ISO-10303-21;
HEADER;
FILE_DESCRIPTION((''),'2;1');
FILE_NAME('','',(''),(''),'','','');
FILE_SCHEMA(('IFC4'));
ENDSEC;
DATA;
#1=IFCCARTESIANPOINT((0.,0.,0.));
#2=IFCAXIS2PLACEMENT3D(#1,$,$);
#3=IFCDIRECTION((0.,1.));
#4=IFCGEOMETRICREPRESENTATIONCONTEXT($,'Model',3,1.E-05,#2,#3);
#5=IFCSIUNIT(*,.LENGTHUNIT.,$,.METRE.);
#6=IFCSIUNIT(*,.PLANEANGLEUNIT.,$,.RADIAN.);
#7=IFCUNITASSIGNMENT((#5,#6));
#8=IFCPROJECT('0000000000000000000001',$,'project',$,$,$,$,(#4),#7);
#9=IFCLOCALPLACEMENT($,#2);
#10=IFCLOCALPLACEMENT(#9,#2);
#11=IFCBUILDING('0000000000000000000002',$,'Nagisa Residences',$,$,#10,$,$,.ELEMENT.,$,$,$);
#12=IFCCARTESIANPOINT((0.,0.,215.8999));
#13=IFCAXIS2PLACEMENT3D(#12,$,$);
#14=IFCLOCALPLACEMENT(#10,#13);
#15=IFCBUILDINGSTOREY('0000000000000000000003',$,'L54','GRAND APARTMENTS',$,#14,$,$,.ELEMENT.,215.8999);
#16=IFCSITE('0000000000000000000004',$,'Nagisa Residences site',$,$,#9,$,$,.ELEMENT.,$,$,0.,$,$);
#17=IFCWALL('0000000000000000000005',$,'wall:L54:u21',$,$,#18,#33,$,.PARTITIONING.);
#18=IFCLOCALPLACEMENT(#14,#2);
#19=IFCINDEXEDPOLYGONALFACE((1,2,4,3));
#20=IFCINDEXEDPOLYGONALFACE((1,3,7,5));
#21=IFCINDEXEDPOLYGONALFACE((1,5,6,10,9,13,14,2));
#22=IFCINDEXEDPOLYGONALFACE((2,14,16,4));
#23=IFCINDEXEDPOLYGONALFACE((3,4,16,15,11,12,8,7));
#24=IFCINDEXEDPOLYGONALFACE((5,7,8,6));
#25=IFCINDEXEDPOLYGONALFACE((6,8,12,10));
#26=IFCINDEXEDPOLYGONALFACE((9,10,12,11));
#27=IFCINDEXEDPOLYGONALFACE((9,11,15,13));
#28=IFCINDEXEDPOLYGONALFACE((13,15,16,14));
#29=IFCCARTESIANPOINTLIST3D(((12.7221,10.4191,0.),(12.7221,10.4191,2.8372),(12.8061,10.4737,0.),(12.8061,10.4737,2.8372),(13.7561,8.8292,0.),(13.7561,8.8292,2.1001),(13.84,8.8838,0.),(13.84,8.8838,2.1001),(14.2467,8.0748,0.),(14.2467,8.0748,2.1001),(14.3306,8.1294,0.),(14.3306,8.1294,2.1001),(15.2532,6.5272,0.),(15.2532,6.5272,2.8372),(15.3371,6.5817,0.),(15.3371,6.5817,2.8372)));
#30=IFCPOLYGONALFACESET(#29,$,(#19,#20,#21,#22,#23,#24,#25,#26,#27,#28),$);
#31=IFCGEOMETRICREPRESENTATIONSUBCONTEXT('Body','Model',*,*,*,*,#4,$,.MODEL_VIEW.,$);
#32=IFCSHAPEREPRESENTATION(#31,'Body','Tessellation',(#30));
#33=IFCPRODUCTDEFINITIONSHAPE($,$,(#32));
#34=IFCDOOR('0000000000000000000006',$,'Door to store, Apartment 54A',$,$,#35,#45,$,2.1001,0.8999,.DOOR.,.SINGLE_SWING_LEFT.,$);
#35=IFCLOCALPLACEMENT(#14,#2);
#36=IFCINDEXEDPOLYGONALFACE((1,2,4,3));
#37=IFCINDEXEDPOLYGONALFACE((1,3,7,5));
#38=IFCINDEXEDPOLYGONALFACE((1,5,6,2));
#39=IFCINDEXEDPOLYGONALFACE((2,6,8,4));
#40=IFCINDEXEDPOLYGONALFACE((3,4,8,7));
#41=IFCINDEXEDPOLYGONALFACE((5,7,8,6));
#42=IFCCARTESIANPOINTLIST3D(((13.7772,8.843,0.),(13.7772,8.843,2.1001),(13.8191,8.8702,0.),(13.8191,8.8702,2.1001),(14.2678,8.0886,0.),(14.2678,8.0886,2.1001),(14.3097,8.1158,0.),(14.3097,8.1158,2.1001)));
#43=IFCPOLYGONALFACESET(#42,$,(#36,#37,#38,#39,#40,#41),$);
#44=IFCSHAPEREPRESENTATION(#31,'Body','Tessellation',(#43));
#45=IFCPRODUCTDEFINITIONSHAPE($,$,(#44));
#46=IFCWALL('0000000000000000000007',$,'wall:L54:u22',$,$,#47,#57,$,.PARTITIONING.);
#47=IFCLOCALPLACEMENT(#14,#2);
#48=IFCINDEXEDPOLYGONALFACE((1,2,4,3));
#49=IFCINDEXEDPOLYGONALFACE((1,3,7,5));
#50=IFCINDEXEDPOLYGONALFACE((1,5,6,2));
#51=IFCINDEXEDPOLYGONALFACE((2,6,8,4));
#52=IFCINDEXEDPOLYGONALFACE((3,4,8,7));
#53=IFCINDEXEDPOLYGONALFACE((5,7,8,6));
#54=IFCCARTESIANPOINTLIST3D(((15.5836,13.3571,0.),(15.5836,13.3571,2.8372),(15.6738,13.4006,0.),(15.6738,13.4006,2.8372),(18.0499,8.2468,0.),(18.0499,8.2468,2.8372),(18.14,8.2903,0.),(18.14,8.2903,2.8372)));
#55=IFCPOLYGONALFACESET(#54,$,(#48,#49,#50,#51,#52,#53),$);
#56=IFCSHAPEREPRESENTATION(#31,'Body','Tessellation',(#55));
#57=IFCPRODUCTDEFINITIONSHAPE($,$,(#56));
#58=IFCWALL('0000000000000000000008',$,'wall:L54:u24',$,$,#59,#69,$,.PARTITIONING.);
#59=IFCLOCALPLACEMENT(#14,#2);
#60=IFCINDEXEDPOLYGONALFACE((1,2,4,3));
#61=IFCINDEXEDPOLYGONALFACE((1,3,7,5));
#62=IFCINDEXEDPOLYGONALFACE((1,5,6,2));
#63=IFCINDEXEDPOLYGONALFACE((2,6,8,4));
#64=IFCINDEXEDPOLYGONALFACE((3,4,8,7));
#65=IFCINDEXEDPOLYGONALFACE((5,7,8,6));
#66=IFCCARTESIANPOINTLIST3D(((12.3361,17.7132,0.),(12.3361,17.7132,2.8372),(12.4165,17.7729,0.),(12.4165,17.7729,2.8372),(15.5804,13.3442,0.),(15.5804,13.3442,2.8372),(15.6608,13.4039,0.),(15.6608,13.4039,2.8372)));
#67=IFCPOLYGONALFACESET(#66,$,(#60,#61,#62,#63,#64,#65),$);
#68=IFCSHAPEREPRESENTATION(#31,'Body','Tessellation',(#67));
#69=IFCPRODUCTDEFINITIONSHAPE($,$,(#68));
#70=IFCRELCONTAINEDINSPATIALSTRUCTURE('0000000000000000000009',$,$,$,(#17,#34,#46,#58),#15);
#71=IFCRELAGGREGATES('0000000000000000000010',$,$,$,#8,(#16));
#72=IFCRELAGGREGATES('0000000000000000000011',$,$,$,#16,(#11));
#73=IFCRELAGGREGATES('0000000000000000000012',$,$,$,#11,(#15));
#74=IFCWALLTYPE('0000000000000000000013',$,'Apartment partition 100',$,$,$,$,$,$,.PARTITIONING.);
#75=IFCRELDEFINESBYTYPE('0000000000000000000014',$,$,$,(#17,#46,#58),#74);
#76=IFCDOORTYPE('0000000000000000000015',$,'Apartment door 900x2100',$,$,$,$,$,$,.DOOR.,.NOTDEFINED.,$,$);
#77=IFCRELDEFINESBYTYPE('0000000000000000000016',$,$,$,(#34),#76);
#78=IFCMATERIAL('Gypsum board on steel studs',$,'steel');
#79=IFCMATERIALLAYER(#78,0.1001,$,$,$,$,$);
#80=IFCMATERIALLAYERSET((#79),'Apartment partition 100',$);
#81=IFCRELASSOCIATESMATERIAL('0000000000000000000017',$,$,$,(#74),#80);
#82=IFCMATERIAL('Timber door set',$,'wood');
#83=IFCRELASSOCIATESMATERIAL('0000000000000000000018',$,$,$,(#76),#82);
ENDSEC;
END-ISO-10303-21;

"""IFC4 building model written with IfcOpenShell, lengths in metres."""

from ifc_helpers import new_model, si_unit, direction, frame, frame_2d, origin, place, context, subcontext, project, spatial, rectangle, extrude, material, layer, layer_set, type_object, element, fill, save


model = new_model("IFC4")

# Units and contexts
model_context = context("Model", 3, precision=1e-05, world=origin(), true_north=direction((0.0, 1.0)))
body_context = subcontext(model_context, "Body", "Model", "MODEL_VIEW")
ifc_project = project(units=[si_unit("LENGTHUNIT", "METRE"), si_unit("PLANEANGLEUNIT", "RADIAN")], contexts=[model_context])

# Site, building, storey
site_placement = place(None, origin())
site = spatial("IfcSite", under=ifc_project, at=site_placement, Name="Nagisa Residences site", CompositionType="ELEMENT", RefElevation=0.0)
building_placement = place(site_placement, origin())
building = spatial("IfcBuilding", under=site, at=building_placement, Name="Nagisa Residences", CompositionType="ELEMENT")
storey_placement = place(building_placement, frame((0.0, 0.0, 215.8999)))
storey = spatial("IfcBuildingStorey", under=building, at=storey_placement, Name="L54", Description="GRAND APARTMENTS", CompositionType="ELEMENT", Elevation=215.8999)

# Shared definitions
ifc_material_1 = material(Name="Gypsum board on steel studs", Category="steel")
ifc_layer_1 = layer(ifc_material_1, 0.1001)
ifc_layer_set_1 = layer_set([ifc_layer_1], Name="Apartment partition 100")
wall_type_1 = type_object("IfcWallType", Name="Apartment partition 100", PredefinedType="PARTITIONING", material=ifc_layer_set_1)

# Shared definitions
ifc_material_2 = material(Name="Timber door set", Category="wood")
door_type_1 = type_object("IfcDoorType", Name="Apartment door 900x2100", OperationType="NOTDEFINED", PredefinedType="DOOR", material=ifc_material_2)

# Wall, opening, door
wall_1_placement = place(storey_placement, frame((15.2952, 6.5544, 0.0), z_axis=(0.0, 0.0, 1.0), x_axis=(-0.545186, 0.838315, 0.0)))
wall_1 = element("IfcWall", 1, at=wall_1_placement, inside=storey, type_object=wall_type_1, Name="wall:L54:u21", PredefinedType="PARTITIONING", context=body_context, shape_type="SweptSolid", body=[
    extrude(rectangle(XDim=4.6426, YDim=0.1001, at=frame_2d((2.3213, 0.0))), origin(), (0.0, 0.0, 1.0), 2.8372),
])
opening_1_placement = place(wall_1_placement, frame((1.8462, 0.0, 0.0)))
opening_1 = element("IfcOpeningElement", 2, at=opening_1_placement, cuts=wall_1, PredefinedType="OPENING", context=body_context, shape_type="SweptSolid", body=[
    extrude(rectangle(XDim=0.8999, YDim=2.1001, at=frame_2d((0.45, 1.05))), frame((0.0, 0.0601, 0.0), z_axis=(0.0, -1.0, 0.0), x_axis=(1.0, 0.0, 0.0)), (0.0, 0.0, 1.0), 0.1201),
])
door_1_placement = place(opening_1_placement, origin())
door_1 = element("IfcDoor", 3, at=door_1_placement, inside=storey, type_object=door_type_1, Name="Door to store, Apartment 54A", OperationType="SINGLE_SWING_LEFT", OverallHeight=2.1001, OverallWidth=0.8999, PredefinedType="DOOR", context=body_context, shape_type="SweptSolid", body=[
    extrude(rectangle(XDim=0.8999, YDim=2.1001, at=frame_2d((0.45, 1.05))), frame((0.0, 0.0249, 0.0), z_axis=(0.0, -1.0, 0.0), x_axis=(1.0, 0.0, 0.0)), (0.0, 0.0, 1.0), 0.05),
])
fill(opening_1, door_1)

# Walls
wall_2_placement = place(storey_placement, frame((18.095, 8.2686, 0.0), z_axis=(0.0, 0.0, 1.0), x_axis=(-0.434641, 0.900604, 0.0)))
element("IfcWall", 4, at=wall_2_placement, inside=storey, type_object=wall_type_1, Name="wall:L54:u22", PredefinedType="PARTITIONING", context=body_context, shape_type="SweptSolid", body=[
    extrude(rectangle(XDim=5.6743, YDim=0.1001, at=frame_2d((2.8372, 0.0))), origin(), (0.0, 0.0, 1.0), 2.8372),
])
wall_3_placement = place(storey_placement, frame((15.6206, 13.374, 0.0), z_axis=(0.0, 0.0, 1.0), x_axis=(-0.596174, 0.802855, 0.0)))
element("IfcWall", 5, at=wall_3_placement, inside=storey, type_object=wall_type_1, Name="wall:L54:u24", PredefinedType="PARTITIONING", context=body_context, shape_type="SweptSolid", body=[
    extrude(rectangle(XDim=5.4419, YDim=0.1001, at=frame_2d((2.7209, 0.0))), origin(), (0.0, 0.0, 1.0), 2.8372),
])

save(model, "model.ifc")
